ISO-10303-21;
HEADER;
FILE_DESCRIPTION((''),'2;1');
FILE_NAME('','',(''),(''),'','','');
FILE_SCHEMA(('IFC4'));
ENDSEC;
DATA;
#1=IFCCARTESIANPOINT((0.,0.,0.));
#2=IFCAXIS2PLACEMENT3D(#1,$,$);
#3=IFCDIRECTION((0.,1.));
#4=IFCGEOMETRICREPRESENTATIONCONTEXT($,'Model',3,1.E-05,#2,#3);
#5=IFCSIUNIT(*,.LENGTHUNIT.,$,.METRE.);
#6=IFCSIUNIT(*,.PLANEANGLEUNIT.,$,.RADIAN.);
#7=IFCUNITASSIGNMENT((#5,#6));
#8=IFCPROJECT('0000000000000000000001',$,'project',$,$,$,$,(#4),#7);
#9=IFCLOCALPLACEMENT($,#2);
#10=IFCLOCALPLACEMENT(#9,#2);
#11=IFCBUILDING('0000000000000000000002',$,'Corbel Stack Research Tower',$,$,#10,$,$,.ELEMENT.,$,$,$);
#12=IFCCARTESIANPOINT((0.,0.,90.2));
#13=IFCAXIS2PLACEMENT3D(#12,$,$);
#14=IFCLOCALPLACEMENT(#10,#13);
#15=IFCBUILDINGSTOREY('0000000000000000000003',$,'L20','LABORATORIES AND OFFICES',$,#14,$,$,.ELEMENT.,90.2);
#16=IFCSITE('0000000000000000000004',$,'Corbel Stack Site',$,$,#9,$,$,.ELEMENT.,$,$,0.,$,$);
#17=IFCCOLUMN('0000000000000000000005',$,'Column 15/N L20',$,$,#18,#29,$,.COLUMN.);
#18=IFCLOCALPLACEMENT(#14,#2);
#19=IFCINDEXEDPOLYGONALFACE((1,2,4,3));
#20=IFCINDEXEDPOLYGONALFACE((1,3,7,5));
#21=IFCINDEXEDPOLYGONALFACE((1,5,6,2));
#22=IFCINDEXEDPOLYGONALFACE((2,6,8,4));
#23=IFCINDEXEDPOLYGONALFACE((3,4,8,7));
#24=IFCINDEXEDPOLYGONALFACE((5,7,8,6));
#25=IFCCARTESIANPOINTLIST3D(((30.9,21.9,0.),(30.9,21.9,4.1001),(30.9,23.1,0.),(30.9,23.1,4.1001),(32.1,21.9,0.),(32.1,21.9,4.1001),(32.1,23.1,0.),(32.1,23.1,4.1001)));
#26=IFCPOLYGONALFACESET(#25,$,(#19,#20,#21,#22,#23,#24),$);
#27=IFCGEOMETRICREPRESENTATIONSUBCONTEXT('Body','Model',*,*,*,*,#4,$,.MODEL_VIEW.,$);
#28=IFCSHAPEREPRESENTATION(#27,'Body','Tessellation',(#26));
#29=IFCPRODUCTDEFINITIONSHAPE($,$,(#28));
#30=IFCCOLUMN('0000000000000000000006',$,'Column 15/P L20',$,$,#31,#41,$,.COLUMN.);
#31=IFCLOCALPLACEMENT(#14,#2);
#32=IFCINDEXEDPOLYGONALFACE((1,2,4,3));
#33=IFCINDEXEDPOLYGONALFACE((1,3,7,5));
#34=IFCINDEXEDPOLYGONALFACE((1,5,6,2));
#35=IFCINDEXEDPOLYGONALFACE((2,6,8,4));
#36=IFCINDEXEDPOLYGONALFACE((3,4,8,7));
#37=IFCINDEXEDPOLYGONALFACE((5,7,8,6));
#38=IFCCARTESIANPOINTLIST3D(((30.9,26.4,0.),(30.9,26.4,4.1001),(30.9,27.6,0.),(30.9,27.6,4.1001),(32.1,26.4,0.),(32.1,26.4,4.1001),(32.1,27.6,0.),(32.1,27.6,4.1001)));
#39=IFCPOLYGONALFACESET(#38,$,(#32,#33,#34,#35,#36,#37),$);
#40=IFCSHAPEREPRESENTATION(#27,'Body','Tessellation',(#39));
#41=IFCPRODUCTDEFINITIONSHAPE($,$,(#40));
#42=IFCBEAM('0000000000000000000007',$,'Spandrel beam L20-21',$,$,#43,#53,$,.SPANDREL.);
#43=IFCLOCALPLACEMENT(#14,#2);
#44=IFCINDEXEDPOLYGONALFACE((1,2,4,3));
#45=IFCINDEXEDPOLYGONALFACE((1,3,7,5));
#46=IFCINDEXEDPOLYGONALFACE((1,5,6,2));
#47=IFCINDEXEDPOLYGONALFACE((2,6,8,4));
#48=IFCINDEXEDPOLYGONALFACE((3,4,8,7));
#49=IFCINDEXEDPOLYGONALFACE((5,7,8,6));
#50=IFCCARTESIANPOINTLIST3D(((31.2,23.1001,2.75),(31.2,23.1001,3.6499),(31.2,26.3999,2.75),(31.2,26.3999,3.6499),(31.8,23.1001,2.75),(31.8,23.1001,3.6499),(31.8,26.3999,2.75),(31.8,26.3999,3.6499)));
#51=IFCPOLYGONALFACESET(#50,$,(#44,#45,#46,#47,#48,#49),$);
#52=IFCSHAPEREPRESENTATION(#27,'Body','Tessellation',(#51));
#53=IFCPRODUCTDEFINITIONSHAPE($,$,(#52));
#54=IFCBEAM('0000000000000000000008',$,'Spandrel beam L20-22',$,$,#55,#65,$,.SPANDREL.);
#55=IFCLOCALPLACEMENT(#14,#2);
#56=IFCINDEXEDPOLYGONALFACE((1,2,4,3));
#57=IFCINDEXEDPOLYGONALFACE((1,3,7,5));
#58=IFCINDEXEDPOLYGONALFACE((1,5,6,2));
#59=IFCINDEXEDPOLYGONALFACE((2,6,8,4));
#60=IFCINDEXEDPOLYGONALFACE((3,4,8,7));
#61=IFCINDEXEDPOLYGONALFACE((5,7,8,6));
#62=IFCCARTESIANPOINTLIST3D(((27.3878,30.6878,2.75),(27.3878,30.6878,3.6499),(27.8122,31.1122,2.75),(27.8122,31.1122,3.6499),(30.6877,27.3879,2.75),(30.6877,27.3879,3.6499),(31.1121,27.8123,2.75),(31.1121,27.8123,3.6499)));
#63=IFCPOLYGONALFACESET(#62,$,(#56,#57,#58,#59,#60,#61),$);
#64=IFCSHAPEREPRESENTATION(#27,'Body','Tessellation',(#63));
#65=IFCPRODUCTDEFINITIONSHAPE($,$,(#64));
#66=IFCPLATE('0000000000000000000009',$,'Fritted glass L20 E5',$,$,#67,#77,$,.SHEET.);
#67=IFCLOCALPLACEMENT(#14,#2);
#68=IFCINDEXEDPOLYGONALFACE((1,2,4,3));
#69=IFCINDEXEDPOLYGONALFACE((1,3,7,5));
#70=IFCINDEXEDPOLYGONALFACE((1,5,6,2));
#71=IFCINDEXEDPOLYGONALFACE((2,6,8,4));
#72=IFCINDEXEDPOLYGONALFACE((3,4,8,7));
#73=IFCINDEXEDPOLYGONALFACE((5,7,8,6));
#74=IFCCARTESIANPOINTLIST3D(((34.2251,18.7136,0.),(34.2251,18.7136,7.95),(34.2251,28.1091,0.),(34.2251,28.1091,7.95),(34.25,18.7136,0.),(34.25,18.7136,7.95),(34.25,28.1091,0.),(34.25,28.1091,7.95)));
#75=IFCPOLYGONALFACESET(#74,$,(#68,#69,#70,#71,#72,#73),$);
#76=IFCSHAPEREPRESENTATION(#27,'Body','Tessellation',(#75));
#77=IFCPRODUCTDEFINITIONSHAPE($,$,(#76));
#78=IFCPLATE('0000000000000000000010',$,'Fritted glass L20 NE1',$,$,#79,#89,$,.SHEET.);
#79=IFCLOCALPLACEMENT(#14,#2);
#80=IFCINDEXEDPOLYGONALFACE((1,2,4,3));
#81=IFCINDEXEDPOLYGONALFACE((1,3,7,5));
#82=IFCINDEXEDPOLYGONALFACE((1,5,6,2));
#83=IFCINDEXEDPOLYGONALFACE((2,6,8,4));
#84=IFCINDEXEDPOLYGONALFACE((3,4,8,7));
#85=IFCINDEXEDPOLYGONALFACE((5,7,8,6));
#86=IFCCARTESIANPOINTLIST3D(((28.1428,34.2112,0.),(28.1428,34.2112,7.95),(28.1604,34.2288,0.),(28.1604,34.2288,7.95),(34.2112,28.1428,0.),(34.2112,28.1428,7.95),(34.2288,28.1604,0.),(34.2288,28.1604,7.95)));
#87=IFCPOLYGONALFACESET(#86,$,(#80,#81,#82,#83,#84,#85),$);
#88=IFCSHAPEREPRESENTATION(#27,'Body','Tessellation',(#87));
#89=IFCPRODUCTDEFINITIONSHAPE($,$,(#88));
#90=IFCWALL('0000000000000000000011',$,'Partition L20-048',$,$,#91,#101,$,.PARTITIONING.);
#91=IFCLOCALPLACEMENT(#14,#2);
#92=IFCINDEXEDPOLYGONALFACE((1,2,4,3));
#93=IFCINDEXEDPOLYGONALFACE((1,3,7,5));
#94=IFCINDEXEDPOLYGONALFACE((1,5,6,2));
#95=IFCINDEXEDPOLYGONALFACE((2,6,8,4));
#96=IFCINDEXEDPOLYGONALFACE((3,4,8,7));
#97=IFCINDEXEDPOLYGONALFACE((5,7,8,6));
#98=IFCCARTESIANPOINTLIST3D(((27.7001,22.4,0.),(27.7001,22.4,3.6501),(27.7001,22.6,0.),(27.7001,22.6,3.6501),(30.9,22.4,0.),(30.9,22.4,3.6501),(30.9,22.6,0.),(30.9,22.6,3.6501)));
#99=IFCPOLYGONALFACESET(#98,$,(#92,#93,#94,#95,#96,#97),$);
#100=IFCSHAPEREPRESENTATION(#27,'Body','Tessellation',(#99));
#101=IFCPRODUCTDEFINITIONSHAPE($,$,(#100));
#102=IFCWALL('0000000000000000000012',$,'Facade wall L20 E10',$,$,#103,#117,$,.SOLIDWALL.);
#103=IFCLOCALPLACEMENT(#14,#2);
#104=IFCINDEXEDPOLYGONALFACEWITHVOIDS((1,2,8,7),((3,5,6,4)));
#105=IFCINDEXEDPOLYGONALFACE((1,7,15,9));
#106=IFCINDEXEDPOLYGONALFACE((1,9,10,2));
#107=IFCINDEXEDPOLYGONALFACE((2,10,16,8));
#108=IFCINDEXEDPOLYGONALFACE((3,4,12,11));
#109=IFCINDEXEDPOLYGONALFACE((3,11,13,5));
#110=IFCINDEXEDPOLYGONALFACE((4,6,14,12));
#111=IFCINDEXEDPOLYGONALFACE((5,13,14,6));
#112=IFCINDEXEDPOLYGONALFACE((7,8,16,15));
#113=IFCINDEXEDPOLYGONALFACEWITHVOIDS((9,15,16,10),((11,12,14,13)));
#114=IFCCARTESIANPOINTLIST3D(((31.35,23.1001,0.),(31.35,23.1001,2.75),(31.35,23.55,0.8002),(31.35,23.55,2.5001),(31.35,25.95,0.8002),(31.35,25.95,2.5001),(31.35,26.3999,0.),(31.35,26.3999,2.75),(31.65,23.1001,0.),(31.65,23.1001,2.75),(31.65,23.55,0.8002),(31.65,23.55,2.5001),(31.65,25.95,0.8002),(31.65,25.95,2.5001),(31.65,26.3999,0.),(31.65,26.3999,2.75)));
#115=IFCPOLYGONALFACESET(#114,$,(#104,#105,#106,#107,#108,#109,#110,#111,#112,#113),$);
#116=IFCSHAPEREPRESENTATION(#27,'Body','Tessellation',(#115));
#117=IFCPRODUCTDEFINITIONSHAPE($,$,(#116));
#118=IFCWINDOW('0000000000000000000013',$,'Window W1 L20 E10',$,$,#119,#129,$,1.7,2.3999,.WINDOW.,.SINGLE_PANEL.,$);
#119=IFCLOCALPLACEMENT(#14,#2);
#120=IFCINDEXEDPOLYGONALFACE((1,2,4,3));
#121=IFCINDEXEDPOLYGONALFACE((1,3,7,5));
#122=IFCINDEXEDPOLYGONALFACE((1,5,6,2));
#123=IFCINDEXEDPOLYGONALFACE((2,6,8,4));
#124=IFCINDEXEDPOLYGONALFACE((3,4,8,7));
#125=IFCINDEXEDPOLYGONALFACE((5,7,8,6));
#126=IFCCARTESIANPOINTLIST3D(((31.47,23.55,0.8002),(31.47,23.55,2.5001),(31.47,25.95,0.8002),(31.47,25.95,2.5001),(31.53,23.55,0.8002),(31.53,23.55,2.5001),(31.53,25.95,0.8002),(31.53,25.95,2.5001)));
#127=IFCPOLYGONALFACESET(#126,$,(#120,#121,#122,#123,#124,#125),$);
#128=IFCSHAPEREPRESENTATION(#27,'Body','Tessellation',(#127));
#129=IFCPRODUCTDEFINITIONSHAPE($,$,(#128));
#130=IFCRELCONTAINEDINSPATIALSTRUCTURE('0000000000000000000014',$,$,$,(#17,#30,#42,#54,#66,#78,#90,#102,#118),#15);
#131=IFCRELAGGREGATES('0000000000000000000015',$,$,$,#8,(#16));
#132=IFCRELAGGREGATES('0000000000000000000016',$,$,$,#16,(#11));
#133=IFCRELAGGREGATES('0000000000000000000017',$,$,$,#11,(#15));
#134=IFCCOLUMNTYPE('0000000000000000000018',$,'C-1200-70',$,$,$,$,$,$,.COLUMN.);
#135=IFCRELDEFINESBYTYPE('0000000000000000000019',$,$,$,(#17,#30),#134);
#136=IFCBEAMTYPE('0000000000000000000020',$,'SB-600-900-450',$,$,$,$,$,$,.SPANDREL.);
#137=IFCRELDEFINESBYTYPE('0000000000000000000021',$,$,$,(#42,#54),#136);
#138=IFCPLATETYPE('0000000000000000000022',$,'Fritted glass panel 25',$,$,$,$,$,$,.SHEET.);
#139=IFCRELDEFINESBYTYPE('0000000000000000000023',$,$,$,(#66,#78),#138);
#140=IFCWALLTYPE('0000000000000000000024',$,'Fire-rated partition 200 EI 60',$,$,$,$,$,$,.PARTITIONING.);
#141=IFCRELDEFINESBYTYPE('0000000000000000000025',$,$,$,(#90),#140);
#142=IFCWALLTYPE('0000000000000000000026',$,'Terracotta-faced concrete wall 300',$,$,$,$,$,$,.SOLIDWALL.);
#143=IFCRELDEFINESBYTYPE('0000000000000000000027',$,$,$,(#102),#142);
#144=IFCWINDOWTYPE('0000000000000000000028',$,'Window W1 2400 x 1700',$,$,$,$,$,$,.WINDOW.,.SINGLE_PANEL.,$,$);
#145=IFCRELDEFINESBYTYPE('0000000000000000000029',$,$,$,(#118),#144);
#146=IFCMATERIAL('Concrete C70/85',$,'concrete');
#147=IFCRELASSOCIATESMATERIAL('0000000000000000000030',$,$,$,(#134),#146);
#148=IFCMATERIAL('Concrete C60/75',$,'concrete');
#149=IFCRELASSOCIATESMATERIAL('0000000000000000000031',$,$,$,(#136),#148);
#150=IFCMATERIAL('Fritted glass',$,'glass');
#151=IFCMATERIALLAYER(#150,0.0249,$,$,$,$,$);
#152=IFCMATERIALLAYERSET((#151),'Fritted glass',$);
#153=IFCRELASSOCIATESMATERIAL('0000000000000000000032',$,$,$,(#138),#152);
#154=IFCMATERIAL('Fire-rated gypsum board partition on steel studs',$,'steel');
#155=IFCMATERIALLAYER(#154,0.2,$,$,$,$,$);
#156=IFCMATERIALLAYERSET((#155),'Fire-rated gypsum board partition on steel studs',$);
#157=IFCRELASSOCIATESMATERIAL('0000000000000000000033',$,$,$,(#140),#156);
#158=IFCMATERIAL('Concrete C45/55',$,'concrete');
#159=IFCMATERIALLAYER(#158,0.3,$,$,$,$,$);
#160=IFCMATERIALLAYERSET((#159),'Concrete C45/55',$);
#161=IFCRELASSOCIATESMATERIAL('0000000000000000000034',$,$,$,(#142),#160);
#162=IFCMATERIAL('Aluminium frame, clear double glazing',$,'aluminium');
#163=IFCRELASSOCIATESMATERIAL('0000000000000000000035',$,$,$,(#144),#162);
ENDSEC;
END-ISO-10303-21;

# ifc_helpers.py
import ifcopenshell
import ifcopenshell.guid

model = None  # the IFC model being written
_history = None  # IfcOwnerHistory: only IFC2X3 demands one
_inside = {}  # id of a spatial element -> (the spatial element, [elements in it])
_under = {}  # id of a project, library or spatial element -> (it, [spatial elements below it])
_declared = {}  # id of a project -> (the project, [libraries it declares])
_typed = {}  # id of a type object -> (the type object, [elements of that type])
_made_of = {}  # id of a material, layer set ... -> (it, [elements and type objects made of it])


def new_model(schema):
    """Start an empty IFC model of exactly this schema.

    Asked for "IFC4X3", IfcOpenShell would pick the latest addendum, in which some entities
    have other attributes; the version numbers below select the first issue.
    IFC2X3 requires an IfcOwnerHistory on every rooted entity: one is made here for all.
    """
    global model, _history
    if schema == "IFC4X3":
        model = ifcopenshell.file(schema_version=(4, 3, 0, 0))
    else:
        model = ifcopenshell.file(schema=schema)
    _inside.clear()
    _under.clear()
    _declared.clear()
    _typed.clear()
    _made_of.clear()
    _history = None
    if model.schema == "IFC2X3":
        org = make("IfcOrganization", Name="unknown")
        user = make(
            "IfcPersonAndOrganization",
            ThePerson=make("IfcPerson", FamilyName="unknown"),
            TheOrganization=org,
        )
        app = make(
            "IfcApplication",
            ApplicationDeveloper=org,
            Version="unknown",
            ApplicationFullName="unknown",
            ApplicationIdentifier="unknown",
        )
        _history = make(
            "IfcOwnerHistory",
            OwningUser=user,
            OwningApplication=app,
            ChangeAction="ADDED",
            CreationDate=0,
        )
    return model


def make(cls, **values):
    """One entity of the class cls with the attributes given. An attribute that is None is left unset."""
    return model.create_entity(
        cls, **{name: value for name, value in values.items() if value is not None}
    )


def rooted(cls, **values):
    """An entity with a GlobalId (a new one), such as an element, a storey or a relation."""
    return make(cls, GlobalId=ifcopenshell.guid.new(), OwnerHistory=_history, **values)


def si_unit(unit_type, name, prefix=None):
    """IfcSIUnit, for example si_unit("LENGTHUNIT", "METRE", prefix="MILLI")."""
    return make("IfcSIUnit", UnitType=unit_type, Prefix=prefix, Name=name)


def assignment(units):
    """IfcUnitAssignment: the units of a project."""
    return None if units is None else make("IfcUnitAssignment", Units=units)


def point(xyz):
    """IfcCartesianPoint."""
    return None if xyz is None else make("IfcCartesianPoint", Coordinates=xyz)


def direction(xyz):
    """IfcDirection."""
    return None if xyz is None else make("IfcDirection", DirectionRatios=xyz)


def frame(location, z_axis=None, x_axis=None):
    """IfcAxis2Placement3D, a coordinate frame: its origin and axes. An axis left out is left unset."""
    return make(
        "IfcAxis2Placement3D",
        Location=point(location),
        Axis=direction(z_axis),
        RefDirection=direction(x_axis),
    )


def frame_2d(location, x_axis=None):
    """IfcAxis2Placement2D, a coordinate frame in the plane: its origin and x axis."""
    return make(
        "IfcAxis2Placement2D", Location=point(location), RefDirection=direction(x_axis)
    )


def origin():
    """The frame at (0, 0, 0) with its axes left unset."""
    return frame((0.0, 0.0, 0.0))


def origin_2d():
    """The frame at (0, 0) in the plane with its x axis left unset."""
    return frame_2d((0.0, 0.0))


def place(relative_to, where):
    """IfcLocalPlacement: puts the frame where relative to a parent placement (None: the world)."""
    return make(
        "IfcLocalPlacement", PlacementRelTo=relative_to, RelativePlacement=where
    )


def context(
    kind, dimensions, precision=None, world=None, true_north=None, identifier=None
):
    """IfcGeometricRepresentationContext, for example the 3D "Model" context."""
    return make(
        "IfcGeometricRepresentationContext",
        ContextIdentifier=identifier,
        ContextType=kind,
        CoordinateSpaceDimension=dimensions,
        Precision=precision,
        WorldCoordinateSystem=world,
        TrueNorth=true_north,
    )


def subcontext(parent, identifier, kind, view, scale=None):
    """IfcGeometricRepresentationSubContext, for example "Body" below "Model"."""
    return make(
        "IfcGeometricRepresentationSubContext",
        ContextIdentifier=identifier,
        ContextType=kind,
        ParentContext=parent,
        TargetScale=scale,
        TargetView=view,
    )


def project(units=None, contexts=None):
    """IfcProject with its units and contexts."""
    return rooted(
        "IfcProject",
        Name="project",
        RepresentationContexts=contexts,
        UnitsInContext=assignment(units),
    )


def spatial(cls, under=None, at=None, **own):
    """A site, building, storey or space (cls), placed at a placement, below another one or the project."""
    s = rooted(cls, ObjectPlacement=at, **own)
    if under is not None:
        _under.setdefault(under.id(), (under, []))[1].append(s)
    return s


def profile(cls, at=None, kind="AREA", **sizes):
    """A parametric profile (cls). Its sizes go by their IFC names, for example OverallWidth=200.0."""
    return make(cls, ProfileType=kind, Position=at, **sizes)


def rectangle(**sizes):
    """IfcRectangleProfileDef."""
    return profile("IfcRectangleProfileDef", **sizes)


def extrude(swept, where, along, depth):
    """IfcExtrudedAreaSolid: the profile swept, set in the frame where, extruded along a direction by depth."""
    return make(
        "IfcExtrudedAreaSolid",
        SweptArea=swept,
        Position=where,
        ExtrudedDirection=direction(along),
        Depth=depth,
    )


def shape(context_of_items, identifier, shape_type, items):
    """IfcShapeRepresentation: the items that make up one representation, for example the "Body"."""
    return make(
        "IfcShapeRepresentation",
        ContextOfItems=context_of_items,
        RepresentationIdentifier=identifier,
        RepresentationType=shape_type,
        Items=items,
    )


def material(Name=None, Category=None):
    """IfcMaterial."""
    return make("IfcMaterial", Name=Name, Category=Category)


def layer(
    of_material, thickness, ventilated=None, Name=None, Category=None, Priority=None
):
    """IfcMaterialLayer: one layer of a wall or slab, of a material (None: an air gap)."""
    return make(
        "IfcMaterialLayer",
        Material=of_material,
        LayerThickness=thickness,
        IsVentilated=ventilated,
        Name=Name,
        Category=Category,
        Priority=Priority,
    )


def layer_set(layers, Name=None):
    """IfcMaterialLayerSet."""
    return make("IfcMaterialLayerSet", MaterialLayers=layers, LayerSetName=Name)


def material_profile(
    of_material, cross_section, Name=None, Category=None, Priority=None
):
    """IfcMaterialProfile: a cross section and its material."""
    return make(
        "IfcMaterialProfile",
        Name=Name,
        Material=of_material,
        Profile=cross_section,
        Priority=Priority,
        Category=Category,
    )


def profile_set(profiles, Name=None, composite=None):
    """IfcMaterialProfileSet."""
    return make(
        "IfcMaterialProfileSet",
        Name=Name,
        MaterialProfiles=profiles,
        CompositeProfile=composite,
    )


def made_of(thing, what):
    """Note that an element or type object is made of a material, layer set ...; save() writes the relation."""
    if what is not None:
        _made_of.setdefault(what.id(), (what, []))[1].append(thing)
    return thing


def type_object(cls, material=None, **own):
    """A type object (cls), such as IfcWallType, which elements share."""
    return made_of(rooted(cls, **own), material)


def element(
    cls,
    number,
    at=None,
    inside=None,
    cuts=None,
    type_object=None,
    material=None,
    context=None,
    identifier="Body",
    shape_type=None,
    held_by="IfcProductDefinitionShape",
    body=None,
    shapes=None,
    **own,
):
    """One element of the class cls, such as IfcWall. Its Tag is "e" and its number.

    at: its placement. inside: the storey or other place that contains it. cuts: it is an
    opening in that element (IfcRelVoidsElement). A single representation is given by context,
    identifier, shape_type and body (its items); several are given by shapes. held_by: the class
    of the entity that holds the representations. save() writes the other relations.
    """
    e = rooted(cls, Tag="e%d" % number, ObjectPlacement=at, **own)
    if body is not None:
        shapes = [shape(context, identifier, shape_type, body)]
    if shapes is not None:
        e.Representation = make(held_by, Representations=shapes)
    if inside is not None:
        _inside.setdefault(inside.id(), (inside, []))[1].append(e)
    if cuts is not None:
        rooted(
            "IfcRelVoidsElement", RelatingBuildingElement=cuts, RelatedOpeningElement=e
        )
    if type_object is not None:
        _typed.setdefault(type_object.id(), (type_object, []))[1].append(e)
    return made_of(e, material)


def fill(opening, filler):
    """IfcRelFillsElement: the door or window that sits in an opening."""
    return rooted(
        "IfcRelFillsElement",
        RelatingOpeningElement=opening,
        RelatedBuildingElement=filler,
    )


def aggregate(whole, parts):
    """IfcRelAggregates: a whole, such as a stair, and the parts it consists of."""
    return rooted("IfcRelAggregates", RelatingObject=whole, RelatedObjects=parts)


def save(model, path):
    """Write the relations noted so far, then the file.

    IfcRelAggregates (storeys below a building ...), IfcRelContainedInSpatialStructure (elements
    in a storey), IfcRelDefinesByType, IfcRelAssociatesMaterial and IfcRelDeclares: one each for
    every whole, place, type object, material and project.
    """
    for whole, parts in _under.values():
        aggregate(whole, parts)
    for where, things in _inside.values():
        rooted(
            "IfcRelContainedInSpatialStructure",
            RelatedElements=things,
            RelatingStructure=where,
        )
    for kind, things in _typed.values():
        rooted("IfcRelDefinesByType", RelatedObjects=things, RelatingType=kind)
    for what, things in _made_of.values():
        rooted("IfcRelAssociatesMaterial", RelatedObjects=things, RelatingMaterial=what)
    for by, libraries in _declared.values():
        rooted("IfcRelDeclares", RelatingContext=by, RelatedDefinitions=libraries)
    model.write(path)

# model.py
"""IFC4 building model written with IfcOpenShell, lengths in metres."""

from ifc_helpers import new_model, si_unit, direction, frame, frame_2d, origin, origin_2d, place, context, subcontext, project, spatial, rectangle, extrude, material, layer, layer_set, material_profile, profile_set, type_object, element, fill, save


model = new_model("IFC4")

# Units and contexts
model_context = context("Model", 3, precision=1e-05, world=origin(), true_north=direction((0.0, 1.0)))
body_context = subcontext(model_context, "Body", "Model", "MODEL_VIEW")
ifc_project = project(units=[si_unit("LENGTHUNIT", "METRE"), si_unit("PLANEANGLEUNIT", "RADIAN")], contexts=[model_context])

# Site, building, storey
site_placement = place(None, origin())
site = spatial("IfcSite", under=ifc_project, at=site_placement, Name="Corbel Stack Site", CompositionType="ELEMENT", RefElevation=0.0)
building_placement = place(site_placement, origin())
building = spatial("IfcBuilding", under=site, at=building_placement, Name="Corbel Stack Research Tower", CompositionType="ELEMENT")
storey_placement = place(building_placement, frame((0.0, 0.0, 90.2)))
storey = spatial("IfcBuildingStorey", under=building, at=storey_placement, Name="L20", Description="LABORATORIES AND OFFICES", CompositionType="ELEMENT", Elevation=90.2)

# Columns
ifc_material_1 = material(Name="Concrete C70/85", Category="concrete")
ifc_material_profile_1 = material_profile(ifc_material_1, rectangle(XDim=1.2, YDim=1.2, at=origin_2d()), Name="RC 1200 x 1200")
ifc_profile_set_1 = profile_set([ifc_material_profile_1], Name="Concrete C70/85")
column_type = type_object("IfcColumnType", Name="C-1200-70", PredefinedType="COLUMN", material=ifc_profile_set_1)
for number, where, z_axis, x_axis, name in (
    (1, (31.5, 22.5, 0.0), (0.0, 0.0, 1.0), (1.0, 0.0, 0.0), "Column 15/N L20"),
    (2, (31.5, 27.0, 0.0), (0.0, 0.0, 1.0), (1.0, 0.0, 0.0), "Column 15/P L20"),
):
    element("IfcColumn", number, at=place(storey_placement, frame(where, z_axis=z_axis, x_axis=x_axis)), inside=storey, type_object=column_type, Name=name, PredefinedType="COLUMN", context=body_context, shape_type="SweptSolid", body=[
        extrude(rectangle(XDim=1.2, YDim=1.2, at=origin_2d()), origin(), (0.0, 0.0, 1.0), 4.1001),
    ])

# Beams
ifc_material_2 = material(Name="Concrete C60/75", Category="concrete")
ifc_material_profile_2 = material_profile(ifc_material_2, rectangle(XDim=0.6001, YDim=0.8999, at=origin_2d()), Name="RC 600 x 900")
ifc_profile_set_2 = profile_set([ifc_material_profile_2], Name="Concrete C60/75")
beam_type = type_object("IfcBeamType", Name="SB-600-900-450", PredefinedType="SPANDREL", material=ifc_profile_set_2)
beam_1_placement = place(storey_placement, frame((31.5, 23.1001, 3.2), z_axis=(0.0, 1.0, 0.0), x_axis=(-1.0, 0.0, 0.0)))
element("IfcBeam", 3, at=beam_1_placement, inside=storey, type_object=beam_type, Name="Spandrel beam L20-21", PredefinedType="SPANDREL", context=body_context, shape_type="SweptSolid", body=[
    extrude(rectangle(XDim=0.6001, YDim=0.8999, at=origin_2d()), origin(), (0.0, 0.0, 1.0), 3.2998),
])
beam_2_placement = place(storey_placement, frame((30.8999, 27.6001, 3.2), z_axis=(-0.707107, 0.707107, 0.0), x_axis=(-0.707107, -0.707107, 0.0)))
element("IfcBeam", 4, at=beam_2_placement, inside=storey, type_object=beam_type, Name="Spandrel beam L20-22", PredefinedType="SPANDREL", context=body_context, shape_type="SweptSolid", body=[
    extrude(rectangle(XDim=0.6001, YDim=0.8999, at=origin_2d()), origin(), (0.0, 0.0, 1.0), 4.6667),
])

# Plates
ifc_material_3 = material(Name="Fritted glass", Category="glass")
ifc_layer_1 = layer(ifc_material_3, 0.0249)
ifc_layer_set_1 = layer_set([ifc_layer_1], Name="Fritted glass")
plate_type = type_object("IfcPlateType", Name="Fritted glass panel 25", PredefinedType="SHEET", material=ifc_layer_set_1)
plate_1_placement = place(storey_placement, frame((34.2375, 23.4114, 0.0), z_axis=(0.0, 0.0, 1.0), x_axis=(0.0, 1.0, 0.0)))
element("IfcPlate", 5, at=plate_1_placement, inside=storey, type_object=plate_type, Name="Fritted glass L20 E5", PredefinedType="SHEET", context=body_context, shape_type="SweptSolid", body=[
    extrude(rectangle(XDim=9.3955, YDim=0.0249, at=origin_2d()), origin(), (0.0, 0.0, 1.0), 7.95),
])
plate_2_placement = place(storey_placement, frame((31.1858, 31.1858, 0.0), z_axis=(0.0, 0.0, 1.0), x_axis=(-0.707107, 0.707107, 0.0)))
element("IfcPlate", 6, at=plate_2_placement, inside=storey, type_object=plate_type, Name="Fritted glass L20 NE1", PredefinedType="SHEET", context=body_context, shape_type="SweptSolid", body=[
    extrude(rectangle(XDim=8.582, YDim=0.0249, at=origin_2d()), origin(), (0.0, 0.0, 1.0), 7.95),
])

# Wall
ifc_material_4 = material(Name="Fire-rated gypsum board partition on steel studs", Category="steel")
ifc_layer_2 = layer(ifc_material_4, 0.2)
ifc_layer_set_2 = layer_set([ifc_layer_2], Name="Fire-rated gypsum board partition on steel studs")
wall_type_1 = type_object("IfcWallType", Name="Fire-rated partition 200 EI 60", PredefinedType="PARTITIONING", material=ifc_layer_set_2)
wall_1_placement = place(storey_placement, frame((27.7, 22.5, 0.0), z_axis=(0.0, 0.0, 1.0), x_axis=(1.0, 0.0, 0.0)))
element("IfcWall", 7, at=wall_1_placement, inside=storey, type_object=wall_type_1, Name="Partition L20-048", PredefinedType="PARTITIONING", context=body_context, shape_type="SweptSolid", body=[
    extrude(rectangle(XDim=3.2, YDim=0.2, at=frame_2d((1.6001, 0.0))), origin(), (0.0, 0.0, 1.0), 3.6501),
])

# Wall, opening, window
ifc_material_5 = material(Name="Concrete C45/55", Category="concrete")
ifc_layer_3 = layer(ifc_material_5, 0.3)
ifc_layer_set_3 = layer_set([ifc_layer_3], Name="Concrete C45/55")
wall_type_2 = type_object("IfcWallType", Name="Terracotta-faced concrete wall 300", PredefinedType="SOLIDWALL", material=ifc_layer_set_3)
wall_2_placement = place(storey_placement, frame((31.5, 26.3999, 0.0), z_axis=(0.0, 0.0, 1.0), x_axis=(0.0, -1.0, 0.0)))
wall_2 = element("IfcWall", 8, at=wall_2_placement, inside=storey, type_object=wall_type_2, Name="Facade wall L20 E10", PredefinedType="SOLIDWALL", context=body_context, shape_type="SweptSolid", body=[
    extrude(rectangle(XDim=3.2998, YDim=0.3, at=frame_2d((1.6499, 0.0))), origin(), (0.0, 0.0, 1.0), 2.75),
])
opening_placement = place(wall_2_placement, frame((0.45, 0.0, 0.8)))
opening = element("IfcOpeningElement", 9, at=opening_placement, cuts=wall_2, PredefinedType="OPENING", context=body_context, shape_type="SweptSolid", body=[
    extrude(rectangle(XDim=2.3999, YDim=1.7, at=frame_2d((1.2, 0.8501))), frame((0.0, 0.1599, 0.0), z_axis=(0.0, -1.0, 0.0), x_axis=(1.0, 0.0, 0.0)), (0.0, 0.0, 1.0), 0.3201),
])
ifc_material_6 = material(Name="Aluminium frame, clear double glazing", Category="aluminium")
window_type = type_object("IfcWindowType", Name="Window W1 2400 x 1700", PartitioningType="SINGLE_PANEL", PredefinedType="WINDOW", material=ifc_material_6)
window_placement = place(opening_placement, origin())
window = element("IfcWindow", 10, at=window_placement, inside=storey, type_object=window_type, Name="Window W1 L20 E10", OverallHeight=1.7, OverallWidth=2.3999, PartitioningType="SINGLE_PANEL", PredefinedType="WINDOW", context=body_context, shape_type="SweptSolid", body=[
    extrude(rectangle(XDim=2.3999, YDim=1.7, at=frame_2d((1.2, 0.8501))), frame((0.0, 0.03, 0.0), z_axis=(0.0, -1.0, 0.0), x_axis=(1.0, 0.0, 0.0)), (0.0, 0.0, 1.0), 0.0601),
])
fill(opening, window)

save(model, "model.ifc")
